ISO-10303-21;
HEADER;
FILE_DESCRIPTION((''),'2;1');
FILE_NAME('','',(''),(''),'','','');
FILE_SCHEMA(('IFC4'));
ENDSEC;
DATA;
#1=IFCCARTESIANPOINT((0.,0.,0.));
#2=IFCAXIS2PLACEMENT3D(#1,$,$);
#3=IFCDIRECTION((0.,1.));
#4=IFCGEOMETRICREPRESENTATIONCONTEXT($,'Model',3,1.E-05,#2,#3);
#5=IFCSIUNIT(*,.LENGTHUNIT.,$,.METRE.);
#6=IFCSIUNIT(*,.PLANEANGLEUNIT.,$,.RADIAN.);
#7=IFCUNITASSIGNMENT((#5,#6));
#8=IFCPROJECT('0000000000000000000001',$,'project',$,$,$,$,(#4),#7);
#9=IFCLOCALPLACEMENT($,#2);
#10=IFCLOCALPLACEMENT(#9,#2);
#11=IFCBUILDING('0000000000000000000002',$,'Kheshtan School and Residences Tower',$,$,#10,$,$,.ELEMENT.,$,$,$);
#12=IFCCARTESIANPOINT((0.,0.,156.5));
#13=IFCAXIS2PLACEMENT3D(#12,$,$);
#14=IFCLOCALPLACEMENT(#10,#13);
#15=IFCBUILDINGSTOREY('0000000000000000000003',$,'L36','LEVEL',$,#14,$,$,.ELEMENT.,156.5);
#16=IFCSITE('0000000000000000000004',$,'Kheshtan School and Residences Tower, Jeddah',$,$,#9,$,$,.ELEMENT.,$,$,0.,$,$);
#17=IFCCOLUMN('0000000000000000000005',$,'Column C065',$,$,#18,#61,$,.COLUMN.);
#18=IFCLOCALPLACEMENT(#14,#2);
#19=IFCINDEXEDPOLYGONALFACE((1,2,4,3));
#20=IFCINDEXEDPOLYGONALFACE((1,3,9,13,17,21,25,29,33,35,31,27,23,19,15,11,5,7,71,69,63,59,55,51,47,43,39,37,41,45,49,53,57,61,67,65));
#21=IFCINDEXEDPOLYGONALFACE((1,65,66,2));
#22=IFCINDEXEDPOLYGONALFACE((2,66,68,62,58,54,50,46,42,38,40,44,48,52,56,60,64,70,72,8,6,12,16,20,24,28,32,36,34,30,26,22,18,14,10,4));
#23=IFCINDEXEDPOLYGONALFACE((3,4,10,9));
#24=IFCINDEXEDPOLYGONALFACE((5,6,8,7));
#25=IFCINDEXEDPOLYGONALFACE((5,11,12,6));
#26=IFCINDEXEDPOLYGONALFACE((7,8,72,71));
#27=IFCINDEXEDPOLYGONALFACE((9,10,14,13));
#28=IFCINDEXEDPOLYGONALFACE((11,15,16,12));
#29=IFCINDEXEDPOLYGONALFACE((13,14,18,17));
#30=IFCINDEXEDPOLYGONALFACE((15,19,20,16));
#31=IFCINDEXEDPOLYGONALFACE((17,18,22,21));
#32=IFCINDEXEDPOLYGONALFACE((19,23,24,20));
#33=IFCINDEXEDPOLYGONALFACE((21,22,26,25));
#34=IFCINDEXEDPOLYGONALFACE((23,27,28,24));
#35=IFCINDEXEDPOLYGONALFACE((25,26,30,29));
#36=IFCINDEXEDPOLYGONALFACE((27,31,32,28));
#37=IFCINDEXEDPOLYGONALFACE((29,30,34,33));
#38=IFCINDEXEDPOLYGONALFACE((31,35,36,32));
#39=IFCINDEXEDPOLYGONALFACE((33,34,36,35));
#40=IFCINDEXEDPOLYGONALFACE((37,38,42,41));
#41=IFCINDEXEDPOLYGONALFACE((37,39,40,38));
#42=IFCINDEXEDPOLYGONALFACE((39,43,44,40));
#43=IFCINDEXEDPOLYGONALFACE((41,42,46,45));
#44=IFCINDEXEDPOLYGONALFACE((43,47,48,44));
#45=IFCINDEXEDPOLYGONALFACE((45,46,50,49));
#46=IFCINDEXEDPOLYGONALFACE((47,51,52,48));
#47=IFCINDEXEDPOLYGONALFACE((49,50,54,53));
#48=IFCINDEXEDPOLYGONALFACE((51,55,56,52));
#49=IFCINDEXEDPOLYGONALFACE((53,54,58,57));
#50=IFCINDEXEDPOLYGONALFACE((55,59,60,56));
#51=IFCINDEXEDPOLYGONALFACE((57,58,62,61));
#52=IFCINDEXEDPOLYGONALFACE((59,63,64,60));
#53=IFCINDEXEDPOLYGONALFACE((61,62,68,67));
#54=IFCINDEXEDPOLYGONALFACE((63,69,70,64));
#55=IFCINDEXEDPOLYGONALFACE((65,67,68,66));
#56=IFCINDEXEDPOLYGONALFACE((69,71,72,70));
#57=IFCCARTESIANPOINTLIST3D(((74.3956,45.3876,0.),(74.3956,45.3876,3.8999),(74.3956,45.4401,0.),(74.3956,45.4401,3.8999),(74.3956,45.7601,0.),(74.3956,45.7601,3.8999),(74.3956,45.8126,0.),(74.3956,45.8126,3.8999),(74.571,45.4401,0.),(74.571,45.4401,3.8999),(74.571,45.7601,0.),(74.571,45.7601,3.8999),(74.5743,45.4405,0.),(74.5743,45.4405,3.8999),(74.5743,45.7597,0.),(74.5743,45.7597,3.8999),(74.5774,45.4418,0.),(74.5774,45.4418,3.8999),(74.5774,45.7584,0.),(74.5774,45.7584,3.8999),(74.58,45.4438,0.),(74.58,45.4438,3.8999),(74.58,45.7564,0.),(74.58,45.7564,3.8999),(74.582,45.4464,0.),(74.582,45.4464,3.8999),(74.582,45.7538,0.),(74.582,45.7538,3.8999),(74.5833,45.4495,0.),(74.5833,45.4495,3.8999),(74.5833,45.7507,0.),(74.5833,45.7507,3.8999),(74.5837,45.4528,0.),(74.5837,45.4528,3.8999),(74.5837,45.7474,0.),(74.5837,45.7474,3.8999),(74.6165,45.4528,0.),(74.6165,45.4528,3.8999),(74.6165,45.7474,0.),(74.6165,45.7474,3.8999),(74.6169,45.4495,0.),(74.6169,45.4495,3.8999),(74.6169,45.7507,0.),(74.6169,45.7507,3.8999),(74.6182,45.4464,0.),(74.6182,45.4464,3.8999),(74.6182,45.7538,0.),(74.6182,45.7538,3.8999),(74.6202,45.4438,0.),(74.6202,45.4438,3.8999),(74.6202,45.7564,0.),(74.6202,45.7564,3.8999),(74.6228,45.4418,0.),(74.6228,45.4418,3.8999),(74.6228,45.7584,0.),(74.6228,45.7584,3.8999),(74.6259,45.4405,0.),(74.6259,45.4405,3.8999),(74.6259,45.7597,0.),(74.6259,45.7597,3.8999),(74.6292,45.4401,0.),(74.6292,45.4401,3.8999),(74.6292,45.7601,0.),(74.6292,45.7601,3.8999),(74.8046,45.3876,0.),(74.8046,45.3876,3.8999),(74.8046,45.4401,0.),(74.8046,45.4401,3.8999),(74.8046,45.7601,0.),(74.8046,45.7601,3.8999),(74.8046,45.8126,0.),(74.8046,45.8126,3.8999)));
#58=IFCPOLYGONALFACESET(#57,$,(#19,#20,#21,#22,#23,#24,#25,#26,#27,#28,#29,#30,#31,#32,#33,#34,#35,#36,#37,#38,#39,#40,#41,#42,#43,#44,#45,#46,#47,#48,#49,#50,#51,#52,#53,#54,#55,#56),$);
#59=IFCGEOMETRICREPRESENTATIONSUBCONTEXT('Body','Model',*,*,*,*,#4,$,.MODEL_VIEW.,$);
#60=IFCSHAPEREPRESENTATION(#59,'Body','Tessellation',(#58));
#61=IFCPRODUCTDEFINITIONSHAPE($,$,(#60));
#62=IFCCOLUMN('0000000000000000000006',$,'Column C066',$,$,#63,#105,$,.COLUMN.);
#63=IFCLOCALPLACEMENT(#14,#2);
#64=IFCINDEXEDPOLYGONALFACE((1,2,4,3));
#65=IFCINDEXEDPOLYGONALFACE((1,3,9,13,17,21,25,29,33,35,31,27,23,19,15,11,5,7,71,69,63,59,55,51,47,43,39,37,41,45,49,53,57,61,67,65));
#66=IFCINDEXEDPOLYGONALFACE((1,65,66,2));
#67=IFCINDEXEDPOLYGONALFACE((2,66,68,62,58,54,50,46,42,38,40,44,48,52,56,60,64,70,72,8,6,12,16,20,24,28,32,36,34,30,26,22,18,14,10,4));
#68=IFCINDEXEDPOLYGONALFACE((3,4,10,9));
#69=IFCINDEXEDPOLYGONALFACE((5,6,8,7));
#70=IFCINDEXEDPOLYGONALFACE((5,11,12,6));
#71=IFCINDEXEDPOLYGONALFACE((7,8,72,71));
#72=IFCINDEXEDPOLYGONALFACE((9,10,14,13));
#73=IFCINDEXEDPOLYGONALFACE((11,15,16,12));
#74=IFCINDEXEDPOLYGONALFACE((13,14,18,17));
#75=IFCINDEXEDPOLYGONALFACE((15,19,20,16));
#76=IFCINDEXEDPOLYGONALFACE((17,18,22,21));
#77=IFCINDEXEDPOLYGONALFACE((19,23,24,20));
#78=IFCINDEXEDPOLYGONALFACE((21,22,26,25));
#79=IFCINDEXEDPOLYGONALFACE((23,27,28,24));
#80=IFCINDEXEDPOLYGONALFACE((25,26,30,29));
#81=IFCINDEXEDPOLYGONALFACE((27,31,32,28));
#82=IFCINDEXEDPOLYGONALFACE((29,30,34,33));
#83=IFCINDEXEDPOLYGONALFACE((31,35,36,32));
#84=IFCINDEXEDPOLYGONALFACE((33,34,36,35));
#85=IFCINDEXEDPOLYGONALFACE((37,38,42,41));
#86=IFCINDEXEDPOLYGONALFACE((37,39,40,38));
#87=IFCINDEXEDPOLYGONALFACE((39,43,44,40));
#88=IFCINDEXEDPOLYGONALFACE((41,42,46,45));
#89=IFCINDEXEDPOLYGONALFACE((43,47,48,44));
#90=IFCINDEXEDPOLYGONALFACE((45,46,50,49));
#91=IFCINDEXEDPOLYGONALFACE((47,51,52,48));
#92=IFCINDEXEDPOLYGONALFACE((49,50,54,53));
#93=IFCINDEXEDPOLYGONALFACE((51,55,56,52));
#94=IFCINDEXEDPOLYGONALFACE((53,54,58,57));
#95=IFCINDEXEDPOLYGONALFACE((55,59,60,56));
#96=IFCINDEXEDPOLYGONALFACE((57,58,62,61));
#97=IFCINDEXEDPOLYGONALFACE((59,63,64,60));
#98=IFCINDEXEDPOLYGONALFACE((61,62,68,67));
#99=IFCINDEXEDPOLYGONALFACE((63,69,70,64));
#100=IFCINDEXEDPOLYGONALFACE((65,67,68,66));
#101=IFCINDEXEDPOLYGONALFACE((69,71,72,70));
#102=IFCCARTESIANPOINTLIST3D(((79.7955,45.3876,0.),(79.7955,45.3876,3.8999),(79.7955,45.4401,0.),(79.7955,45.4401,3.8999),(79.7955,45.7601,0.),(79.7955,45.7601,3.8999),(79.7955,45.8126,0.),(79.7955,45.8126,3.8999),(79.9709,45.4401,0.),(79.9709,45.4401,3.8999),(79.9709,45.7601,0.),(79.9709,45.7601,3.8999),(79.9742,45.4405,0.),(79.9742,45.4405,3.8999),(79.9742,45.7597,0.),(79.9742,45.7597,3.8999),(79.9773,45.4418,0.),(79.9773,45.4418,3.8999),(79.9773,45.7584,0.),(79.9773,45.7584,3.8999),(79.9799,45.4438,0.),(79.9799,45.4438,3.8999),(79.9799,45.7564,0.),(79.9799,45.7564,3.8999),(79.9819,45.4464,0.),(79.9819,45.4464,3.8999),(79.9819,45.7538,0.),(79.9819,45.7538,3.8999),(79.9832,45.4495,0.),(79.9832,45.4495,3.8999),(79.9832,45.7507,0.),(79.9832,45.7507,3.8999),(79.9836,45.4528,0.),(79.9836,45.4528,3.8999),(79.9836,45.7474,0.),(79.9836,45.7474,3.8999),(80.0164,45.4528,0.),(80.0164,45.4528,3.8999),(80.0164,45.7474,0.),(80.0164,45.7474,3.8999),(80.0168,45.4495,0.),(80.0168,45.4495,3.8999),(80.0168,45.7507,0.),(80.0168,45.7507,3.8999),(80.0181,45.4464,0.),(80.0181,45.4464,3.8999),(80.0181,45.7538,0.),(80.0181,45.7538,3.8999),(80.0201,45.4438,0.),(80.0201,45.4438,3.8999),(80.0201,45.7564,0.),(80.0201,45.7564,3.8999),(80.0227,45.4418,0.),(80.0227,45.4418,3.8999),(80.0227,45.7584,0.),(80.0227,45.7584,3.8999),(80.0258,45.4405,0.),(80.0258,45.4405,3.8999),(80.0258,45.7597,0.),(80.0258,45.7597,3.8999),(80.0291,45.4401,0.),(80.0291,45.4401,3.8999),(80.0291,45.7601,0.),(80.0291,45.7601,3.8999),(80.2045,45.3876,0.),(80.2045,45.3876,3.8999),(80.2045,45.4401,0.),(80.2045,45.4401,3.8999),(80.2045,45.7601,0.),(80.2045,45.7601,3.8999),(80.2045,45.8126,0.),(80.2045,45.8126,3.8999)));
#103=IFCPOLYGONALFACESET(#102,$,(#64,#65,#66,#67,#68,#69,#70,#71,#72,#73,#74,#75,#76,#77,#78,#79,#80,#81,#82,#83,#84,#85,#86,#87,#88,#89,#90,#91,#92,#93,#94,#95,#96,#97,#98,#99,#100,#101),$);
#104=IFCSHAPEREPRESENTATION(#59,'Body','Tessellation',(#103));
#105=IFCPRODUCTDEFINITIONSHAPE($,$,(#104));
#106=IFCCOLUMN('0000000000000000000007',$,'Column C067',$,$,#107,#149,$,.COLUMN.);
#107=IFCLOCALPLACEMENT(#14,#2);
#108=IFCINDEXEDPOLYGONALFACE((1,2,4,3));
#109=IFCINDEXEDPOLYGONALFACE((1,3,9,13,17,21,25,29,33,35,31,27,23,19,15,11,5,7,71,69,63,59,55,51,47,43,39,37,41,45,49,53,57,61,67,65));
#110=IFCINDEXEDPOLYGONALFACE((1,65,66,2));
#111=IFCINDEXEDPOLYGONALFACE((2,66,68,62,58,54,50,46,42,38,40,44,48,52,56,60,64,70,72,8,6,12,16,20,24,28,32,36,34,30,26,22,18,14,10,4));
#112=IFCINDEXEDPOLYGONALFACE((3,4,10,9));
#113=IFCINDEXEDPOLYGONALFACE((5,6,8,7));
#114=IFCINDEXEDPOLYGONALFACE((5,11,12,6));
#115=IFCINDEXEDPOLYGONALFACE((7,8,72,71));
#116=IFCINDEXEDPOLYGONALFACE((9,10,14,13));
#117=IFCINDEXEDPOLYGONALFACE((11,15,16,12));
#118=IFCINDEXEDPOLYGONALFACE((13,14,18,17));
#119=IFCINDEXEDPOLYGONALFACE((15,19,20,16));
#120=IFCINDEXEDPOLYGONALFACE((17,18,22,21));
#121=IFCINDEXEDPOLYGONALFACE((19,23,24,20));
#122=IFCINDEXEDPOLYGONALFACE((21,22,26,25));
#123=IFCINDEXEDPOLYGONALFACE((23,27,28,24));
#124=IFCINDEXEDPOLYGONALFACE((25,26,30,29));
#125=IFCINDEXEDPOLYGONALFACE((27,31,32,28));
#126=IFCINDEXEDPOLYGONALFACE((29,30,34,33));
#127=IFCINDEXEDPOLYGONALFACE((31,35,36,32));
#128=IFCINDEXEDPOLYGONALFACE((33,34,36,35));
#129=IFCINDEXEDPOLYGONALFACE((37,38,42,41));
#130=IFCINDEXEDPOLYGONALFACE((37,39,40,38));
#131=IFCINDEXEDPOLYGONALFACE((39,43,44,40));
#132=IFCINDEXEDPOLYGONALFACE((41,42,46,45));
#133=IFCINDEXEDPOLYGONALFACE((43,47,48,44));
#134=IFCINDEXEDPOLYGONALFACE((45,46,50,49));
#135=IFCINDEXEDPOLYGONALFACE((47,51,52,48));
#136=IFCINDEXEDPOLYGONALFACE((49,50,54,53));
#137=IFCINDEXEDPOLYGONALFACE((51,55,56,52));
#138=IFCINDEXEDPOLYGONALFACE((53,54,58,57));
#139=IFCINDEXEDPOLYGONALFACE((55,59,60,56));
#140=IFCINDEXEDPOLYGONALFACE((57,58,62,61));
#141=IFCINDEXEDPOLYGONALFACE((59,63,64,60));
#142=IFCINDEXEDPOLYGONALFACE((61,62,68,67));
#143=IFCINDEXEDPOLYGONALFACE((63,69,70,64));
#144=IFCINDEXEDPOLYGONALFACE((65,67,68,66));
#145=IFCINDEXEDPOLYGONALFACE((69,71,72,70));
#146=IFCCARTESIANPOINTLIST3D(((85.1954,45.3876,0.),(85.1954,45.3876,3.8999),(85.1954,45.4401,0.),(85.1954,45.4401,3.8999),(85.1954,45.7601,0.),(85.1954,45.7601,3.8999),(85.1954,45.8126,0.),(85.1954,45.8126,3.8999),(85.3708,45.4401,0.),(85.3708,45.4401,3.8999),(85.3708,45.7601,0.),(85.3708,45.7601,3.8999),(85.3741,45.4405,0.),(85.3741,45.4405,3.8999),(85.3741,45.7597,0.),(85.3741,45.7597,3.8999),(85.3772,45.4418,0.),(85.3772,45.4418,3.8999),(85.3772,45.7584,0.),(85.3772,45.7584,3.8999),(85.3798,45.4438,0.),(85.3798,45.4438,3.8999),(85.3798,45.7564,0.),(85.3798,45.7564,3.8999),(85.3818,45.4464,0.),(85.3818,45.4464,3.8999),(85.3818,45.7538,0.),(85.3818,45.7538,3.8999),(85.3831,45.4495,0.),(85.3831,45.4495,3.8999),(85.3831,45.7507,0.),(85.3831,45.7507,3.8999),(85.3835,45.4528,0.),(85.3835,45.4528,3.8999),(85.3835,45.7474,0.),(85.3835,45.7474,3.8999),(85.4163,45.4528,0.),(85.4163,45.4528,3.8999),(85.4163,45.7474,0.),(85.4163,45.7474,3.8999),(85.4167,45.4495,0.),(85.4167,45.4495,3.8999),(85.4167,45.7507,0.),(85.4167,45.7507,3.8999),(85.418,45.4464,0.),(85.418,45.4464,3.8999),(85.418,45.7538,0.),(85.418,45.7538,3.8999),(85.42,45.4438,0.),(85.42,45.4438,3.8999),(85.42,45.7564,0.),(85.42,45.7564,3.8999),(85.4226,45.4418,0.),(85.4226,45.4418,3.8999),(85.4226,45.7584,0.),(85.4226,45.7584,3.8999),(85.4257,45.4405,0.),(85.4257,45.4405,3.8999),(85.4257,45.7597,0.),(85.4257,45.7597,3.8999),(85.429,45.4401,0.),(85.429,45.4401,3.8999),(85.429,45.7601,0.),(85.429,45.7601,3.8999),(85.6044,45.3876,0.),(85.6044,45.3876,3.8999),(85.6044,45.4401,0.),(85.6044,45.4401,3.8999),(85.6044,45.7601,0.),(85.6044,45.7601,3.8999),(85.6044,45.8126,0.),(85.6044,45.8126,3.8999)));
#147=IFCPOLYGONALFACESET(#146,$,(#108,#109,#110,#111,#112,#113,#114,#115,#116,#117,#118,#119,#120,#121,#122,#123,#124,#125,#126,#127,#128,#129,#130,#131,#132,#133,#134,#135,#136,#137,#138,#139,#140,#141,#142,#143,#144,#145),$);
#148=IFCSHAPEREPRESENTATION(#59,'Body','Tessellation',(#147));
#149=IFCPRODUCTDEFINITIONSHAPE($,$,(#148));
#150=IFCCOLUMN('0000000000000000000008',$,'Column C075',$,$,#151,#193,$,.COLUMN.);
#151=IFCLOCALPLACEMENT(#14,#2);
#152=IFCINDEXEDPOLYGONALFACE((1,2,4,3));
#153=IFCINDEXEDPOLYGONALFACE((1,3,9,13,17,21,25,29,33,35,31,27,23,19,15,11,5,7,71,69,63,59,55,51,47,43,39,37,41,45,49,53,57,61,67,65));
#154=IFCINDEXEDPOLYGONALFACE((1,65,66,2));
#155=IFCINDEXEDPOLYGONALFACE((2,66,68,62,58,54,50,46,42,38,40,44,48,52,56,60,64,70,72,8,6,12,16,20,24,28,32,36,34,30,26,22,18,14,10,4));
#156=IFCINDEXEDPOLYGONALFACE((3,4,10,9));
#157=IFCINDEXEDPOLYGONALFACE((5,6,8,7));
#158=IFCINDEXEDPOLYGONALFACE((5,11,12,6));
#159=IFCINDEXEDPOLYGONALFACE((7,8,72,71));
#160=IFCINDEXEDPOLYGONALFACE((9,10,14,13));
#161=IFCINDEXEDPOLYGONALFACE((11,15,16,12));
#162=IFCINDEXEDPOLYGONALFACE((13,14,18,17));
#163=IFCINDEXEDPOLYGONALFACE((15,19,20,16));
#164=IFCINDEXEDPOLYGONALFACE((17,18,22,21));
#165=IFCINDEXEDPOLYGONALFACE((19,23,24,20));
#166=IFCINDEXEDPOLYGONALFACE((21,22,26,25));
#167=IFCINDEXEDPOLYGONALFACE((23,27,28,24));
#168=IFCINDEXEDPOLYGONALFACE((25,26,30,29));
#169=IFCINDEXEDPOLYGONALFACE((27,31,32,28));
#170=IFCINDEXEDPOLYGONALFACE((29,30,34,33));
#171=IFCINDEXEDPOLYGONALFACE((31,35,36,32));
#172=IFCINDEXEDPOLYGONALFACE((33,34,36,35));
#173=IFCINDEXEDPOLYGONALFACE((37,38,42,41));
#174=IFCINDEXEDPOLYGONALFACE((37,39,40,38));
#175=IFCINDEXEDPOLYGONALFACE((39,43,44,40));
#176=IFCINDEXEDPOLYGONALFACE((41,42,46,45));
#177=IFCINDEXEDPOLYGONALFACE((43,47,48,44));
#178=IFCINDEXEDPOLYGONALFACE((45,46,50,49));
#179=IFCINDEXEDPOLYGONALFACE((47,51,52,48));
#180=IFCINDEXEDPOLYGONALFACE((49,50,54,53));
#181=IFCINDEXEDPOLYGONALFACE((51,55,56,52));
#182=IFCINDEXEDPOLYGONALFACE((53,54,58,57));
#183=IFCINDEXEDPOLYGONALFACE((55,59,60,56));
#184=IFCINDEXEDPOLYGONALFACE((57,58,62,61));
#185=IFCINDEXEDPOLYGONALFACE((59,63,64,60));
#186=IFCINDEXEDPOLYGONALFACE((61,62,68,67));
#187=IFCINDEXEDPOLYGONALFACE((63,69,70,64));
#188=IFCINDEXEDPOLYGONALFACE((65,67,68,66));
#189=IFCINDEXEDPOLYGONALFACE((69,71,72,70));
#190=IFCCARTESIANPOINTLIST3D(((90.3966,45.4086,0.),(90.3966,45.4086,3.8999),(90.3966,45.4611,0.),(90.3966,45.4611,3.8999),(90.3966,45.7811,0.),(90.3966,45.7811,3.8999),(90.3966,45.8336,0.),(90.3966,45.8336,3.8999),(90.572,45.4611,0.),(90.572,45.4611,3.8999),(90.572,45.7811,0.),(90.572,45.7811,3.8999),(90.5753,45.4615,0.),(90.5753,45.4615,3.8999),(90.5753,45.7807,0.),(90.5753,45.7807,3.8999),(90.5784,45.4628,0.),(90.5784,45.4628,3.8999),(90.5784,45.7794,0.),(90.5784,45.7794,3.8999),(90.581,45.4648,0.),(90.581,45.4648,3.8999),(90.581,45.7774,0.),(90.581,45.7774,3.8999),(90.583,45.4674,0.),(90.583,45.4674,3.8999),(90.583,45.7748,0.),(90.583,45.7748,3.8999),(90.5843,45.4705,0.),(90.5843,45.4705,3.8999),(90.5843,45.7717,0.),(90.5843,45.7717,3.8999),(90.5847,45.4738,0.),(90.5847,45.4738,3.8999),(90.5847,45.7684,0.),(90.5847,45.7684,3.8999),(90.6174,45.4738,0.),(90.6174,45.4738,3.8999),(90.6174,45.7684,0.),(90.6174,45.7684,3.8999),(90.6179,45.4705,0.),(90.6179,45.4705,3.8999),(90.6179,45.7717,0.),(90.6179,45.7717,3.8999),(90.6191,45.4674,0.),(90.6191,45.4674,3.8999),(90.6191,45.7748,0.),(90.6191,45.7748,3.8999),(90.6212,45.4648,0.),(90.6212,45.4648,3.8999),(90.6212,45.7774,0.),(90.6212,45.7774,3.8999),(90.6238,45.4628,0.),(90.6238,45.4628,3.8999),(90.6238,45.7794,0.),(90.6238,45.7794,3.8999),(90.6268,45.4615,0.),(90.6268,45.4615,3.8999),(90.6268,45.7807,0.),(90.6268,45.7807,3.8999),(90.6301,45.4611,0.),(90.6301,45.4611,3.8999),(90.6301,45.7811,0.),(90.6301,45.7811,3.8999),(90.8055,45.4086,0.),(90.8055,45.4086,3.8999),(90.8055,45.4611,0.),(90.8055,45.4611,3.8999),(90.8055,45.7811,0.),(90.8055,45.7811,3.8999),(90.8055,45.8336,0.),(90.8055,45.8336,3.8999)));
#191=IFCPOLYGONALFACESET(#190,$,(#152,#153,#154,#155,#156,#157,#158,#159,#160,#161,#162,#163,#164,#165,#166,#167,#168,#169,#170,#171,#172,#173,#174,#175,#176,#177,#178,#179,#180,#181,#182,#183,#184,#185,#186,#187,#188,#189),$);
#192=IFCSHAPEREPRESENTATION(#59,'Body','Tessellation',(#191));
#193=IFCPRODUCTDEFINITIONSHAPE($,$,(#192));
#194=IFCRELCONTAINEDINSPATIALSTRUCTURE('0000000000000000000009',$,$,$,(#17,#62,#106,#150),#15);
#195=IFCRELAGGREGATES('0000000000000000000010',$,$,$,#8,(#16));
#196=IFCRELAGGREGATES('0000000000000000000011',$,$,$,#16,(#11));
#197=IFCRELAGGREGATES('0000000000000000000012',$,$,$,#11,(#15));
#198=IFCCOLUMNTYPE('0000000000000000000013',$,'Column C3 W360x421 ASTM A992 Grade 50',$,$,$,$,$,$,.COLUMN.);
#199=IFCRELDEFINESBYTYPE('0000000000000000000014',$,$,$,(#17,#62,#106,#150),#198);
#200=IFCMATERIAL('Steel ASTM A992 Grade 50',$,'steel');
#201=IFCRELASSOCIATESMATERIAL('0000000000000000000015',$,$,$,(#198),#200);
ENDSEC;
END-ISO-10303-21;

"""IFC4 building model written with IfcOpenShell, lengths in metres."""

from ifc_helpers import new_model, si_unit, direction, frame, origin, origin_2d, place, context, subcontext, project, spatial, i_section, extrude, material, material_profile, profile_set, type_object, element, save


model = new_model("IFC4")

# Units and contexts
model_context = context("Model", 3, precision=1e-05, world=origin(), true_north=direction((0.0, 1.0)))
body_context = subcontext(model_context, "Body", "Model", "MODEL_VIEW")
ifc_project = project(units=[si_unit("LENGTHUNIT", "METRE"), si_unit("PLANEANGLEUNIT", "RADIAN")], contexts=[model_context])

# Site, building, storey
site_placement = place(None, origin())
site = spatial("IfcSite", under=ifc_project, at=site_placement, Name="Kheshtan School and Residences Tower, Jeddah", CompositionType="ELEMENT", RefElevation=0.0)
building_placement = place(site_placement, origin())
building = spatial("IfcBuilding", under=site, at=building_placement, Name="Kheshtan School and Residences Tower", CompositionType="ELEMENT")
storey_placement = place(building_placement, frame((0.0, 0.0, 156.5)))
storey = spatial("IfcBuildingStorey", under=building, at=storey_placement, Name="L36", Description="LEVEL", CompositionType="ELEMENT", Elevation=156.5)

# Columns
ifc_material_1 = material(Name="Steel ASTM A992 Grade 50", Category="steel")
ifc_material_profile_1 = material_profile(ifc_material_1, i_section(OverallWidth=0.4089, OverallDepth=0.425, WebThickness=0.0327, FlangeThickness=0.0525, FilletRadius=0.0127, at=origin_2d()), Name="W360x421")
ifc_profile_set_1 = profile_set([ifc_material_profile_1], Name="Steel ASTM A992 Grade 50")
column_type = type_object("IfcColumnType", Name="Column C3 W360x421 ASTM A992 Grade 50", PredefinedType="COLUMN", material=ifc_profile_set_1)
for number, where, z_axis, x_axis, name in (
    (1, (74.6001, 45.6001, 0.0), (0.0, 0.0, 1.0), (1.0, 0.0, 0.0), "Column C065"),
    (2, (80.0, 45.6001, 0.0), (0.0, 0.0, 1.0), (1.0, 0.0, 0.0), "Column C066"),
    (3, (85.3999, 45.6001, 0.0), (0.0, 0.0, 1.0), (1.0, 0.0, 0.0), "Column C067"),
    (4, (90.6011, 45.6211, 0.0), (0.0, 0.0, 1.0), (1.0, 0.0, 0.0), "Column C075"),
):
    element("IfcColumn", number, at=place(storey_placement, frame(where, z_axis=z_axis, x_axis=x_axis)), inside=storey, type_object=column_type, Name=name, PredefinedType="COLUMN", context=body_context, shape_type="SweptSolid", body=[
        extrude(i_section(OverallWidth=0.4089, OverallDepth=0.425, WebThickness=0.0327, FlangeThickness=0.0525, FilletRadius=0.0127, at=origin_2d()), origin(), (0.0, 0.0, 1.0), 3.8999),
    ])

save(model, "model.ifc")
